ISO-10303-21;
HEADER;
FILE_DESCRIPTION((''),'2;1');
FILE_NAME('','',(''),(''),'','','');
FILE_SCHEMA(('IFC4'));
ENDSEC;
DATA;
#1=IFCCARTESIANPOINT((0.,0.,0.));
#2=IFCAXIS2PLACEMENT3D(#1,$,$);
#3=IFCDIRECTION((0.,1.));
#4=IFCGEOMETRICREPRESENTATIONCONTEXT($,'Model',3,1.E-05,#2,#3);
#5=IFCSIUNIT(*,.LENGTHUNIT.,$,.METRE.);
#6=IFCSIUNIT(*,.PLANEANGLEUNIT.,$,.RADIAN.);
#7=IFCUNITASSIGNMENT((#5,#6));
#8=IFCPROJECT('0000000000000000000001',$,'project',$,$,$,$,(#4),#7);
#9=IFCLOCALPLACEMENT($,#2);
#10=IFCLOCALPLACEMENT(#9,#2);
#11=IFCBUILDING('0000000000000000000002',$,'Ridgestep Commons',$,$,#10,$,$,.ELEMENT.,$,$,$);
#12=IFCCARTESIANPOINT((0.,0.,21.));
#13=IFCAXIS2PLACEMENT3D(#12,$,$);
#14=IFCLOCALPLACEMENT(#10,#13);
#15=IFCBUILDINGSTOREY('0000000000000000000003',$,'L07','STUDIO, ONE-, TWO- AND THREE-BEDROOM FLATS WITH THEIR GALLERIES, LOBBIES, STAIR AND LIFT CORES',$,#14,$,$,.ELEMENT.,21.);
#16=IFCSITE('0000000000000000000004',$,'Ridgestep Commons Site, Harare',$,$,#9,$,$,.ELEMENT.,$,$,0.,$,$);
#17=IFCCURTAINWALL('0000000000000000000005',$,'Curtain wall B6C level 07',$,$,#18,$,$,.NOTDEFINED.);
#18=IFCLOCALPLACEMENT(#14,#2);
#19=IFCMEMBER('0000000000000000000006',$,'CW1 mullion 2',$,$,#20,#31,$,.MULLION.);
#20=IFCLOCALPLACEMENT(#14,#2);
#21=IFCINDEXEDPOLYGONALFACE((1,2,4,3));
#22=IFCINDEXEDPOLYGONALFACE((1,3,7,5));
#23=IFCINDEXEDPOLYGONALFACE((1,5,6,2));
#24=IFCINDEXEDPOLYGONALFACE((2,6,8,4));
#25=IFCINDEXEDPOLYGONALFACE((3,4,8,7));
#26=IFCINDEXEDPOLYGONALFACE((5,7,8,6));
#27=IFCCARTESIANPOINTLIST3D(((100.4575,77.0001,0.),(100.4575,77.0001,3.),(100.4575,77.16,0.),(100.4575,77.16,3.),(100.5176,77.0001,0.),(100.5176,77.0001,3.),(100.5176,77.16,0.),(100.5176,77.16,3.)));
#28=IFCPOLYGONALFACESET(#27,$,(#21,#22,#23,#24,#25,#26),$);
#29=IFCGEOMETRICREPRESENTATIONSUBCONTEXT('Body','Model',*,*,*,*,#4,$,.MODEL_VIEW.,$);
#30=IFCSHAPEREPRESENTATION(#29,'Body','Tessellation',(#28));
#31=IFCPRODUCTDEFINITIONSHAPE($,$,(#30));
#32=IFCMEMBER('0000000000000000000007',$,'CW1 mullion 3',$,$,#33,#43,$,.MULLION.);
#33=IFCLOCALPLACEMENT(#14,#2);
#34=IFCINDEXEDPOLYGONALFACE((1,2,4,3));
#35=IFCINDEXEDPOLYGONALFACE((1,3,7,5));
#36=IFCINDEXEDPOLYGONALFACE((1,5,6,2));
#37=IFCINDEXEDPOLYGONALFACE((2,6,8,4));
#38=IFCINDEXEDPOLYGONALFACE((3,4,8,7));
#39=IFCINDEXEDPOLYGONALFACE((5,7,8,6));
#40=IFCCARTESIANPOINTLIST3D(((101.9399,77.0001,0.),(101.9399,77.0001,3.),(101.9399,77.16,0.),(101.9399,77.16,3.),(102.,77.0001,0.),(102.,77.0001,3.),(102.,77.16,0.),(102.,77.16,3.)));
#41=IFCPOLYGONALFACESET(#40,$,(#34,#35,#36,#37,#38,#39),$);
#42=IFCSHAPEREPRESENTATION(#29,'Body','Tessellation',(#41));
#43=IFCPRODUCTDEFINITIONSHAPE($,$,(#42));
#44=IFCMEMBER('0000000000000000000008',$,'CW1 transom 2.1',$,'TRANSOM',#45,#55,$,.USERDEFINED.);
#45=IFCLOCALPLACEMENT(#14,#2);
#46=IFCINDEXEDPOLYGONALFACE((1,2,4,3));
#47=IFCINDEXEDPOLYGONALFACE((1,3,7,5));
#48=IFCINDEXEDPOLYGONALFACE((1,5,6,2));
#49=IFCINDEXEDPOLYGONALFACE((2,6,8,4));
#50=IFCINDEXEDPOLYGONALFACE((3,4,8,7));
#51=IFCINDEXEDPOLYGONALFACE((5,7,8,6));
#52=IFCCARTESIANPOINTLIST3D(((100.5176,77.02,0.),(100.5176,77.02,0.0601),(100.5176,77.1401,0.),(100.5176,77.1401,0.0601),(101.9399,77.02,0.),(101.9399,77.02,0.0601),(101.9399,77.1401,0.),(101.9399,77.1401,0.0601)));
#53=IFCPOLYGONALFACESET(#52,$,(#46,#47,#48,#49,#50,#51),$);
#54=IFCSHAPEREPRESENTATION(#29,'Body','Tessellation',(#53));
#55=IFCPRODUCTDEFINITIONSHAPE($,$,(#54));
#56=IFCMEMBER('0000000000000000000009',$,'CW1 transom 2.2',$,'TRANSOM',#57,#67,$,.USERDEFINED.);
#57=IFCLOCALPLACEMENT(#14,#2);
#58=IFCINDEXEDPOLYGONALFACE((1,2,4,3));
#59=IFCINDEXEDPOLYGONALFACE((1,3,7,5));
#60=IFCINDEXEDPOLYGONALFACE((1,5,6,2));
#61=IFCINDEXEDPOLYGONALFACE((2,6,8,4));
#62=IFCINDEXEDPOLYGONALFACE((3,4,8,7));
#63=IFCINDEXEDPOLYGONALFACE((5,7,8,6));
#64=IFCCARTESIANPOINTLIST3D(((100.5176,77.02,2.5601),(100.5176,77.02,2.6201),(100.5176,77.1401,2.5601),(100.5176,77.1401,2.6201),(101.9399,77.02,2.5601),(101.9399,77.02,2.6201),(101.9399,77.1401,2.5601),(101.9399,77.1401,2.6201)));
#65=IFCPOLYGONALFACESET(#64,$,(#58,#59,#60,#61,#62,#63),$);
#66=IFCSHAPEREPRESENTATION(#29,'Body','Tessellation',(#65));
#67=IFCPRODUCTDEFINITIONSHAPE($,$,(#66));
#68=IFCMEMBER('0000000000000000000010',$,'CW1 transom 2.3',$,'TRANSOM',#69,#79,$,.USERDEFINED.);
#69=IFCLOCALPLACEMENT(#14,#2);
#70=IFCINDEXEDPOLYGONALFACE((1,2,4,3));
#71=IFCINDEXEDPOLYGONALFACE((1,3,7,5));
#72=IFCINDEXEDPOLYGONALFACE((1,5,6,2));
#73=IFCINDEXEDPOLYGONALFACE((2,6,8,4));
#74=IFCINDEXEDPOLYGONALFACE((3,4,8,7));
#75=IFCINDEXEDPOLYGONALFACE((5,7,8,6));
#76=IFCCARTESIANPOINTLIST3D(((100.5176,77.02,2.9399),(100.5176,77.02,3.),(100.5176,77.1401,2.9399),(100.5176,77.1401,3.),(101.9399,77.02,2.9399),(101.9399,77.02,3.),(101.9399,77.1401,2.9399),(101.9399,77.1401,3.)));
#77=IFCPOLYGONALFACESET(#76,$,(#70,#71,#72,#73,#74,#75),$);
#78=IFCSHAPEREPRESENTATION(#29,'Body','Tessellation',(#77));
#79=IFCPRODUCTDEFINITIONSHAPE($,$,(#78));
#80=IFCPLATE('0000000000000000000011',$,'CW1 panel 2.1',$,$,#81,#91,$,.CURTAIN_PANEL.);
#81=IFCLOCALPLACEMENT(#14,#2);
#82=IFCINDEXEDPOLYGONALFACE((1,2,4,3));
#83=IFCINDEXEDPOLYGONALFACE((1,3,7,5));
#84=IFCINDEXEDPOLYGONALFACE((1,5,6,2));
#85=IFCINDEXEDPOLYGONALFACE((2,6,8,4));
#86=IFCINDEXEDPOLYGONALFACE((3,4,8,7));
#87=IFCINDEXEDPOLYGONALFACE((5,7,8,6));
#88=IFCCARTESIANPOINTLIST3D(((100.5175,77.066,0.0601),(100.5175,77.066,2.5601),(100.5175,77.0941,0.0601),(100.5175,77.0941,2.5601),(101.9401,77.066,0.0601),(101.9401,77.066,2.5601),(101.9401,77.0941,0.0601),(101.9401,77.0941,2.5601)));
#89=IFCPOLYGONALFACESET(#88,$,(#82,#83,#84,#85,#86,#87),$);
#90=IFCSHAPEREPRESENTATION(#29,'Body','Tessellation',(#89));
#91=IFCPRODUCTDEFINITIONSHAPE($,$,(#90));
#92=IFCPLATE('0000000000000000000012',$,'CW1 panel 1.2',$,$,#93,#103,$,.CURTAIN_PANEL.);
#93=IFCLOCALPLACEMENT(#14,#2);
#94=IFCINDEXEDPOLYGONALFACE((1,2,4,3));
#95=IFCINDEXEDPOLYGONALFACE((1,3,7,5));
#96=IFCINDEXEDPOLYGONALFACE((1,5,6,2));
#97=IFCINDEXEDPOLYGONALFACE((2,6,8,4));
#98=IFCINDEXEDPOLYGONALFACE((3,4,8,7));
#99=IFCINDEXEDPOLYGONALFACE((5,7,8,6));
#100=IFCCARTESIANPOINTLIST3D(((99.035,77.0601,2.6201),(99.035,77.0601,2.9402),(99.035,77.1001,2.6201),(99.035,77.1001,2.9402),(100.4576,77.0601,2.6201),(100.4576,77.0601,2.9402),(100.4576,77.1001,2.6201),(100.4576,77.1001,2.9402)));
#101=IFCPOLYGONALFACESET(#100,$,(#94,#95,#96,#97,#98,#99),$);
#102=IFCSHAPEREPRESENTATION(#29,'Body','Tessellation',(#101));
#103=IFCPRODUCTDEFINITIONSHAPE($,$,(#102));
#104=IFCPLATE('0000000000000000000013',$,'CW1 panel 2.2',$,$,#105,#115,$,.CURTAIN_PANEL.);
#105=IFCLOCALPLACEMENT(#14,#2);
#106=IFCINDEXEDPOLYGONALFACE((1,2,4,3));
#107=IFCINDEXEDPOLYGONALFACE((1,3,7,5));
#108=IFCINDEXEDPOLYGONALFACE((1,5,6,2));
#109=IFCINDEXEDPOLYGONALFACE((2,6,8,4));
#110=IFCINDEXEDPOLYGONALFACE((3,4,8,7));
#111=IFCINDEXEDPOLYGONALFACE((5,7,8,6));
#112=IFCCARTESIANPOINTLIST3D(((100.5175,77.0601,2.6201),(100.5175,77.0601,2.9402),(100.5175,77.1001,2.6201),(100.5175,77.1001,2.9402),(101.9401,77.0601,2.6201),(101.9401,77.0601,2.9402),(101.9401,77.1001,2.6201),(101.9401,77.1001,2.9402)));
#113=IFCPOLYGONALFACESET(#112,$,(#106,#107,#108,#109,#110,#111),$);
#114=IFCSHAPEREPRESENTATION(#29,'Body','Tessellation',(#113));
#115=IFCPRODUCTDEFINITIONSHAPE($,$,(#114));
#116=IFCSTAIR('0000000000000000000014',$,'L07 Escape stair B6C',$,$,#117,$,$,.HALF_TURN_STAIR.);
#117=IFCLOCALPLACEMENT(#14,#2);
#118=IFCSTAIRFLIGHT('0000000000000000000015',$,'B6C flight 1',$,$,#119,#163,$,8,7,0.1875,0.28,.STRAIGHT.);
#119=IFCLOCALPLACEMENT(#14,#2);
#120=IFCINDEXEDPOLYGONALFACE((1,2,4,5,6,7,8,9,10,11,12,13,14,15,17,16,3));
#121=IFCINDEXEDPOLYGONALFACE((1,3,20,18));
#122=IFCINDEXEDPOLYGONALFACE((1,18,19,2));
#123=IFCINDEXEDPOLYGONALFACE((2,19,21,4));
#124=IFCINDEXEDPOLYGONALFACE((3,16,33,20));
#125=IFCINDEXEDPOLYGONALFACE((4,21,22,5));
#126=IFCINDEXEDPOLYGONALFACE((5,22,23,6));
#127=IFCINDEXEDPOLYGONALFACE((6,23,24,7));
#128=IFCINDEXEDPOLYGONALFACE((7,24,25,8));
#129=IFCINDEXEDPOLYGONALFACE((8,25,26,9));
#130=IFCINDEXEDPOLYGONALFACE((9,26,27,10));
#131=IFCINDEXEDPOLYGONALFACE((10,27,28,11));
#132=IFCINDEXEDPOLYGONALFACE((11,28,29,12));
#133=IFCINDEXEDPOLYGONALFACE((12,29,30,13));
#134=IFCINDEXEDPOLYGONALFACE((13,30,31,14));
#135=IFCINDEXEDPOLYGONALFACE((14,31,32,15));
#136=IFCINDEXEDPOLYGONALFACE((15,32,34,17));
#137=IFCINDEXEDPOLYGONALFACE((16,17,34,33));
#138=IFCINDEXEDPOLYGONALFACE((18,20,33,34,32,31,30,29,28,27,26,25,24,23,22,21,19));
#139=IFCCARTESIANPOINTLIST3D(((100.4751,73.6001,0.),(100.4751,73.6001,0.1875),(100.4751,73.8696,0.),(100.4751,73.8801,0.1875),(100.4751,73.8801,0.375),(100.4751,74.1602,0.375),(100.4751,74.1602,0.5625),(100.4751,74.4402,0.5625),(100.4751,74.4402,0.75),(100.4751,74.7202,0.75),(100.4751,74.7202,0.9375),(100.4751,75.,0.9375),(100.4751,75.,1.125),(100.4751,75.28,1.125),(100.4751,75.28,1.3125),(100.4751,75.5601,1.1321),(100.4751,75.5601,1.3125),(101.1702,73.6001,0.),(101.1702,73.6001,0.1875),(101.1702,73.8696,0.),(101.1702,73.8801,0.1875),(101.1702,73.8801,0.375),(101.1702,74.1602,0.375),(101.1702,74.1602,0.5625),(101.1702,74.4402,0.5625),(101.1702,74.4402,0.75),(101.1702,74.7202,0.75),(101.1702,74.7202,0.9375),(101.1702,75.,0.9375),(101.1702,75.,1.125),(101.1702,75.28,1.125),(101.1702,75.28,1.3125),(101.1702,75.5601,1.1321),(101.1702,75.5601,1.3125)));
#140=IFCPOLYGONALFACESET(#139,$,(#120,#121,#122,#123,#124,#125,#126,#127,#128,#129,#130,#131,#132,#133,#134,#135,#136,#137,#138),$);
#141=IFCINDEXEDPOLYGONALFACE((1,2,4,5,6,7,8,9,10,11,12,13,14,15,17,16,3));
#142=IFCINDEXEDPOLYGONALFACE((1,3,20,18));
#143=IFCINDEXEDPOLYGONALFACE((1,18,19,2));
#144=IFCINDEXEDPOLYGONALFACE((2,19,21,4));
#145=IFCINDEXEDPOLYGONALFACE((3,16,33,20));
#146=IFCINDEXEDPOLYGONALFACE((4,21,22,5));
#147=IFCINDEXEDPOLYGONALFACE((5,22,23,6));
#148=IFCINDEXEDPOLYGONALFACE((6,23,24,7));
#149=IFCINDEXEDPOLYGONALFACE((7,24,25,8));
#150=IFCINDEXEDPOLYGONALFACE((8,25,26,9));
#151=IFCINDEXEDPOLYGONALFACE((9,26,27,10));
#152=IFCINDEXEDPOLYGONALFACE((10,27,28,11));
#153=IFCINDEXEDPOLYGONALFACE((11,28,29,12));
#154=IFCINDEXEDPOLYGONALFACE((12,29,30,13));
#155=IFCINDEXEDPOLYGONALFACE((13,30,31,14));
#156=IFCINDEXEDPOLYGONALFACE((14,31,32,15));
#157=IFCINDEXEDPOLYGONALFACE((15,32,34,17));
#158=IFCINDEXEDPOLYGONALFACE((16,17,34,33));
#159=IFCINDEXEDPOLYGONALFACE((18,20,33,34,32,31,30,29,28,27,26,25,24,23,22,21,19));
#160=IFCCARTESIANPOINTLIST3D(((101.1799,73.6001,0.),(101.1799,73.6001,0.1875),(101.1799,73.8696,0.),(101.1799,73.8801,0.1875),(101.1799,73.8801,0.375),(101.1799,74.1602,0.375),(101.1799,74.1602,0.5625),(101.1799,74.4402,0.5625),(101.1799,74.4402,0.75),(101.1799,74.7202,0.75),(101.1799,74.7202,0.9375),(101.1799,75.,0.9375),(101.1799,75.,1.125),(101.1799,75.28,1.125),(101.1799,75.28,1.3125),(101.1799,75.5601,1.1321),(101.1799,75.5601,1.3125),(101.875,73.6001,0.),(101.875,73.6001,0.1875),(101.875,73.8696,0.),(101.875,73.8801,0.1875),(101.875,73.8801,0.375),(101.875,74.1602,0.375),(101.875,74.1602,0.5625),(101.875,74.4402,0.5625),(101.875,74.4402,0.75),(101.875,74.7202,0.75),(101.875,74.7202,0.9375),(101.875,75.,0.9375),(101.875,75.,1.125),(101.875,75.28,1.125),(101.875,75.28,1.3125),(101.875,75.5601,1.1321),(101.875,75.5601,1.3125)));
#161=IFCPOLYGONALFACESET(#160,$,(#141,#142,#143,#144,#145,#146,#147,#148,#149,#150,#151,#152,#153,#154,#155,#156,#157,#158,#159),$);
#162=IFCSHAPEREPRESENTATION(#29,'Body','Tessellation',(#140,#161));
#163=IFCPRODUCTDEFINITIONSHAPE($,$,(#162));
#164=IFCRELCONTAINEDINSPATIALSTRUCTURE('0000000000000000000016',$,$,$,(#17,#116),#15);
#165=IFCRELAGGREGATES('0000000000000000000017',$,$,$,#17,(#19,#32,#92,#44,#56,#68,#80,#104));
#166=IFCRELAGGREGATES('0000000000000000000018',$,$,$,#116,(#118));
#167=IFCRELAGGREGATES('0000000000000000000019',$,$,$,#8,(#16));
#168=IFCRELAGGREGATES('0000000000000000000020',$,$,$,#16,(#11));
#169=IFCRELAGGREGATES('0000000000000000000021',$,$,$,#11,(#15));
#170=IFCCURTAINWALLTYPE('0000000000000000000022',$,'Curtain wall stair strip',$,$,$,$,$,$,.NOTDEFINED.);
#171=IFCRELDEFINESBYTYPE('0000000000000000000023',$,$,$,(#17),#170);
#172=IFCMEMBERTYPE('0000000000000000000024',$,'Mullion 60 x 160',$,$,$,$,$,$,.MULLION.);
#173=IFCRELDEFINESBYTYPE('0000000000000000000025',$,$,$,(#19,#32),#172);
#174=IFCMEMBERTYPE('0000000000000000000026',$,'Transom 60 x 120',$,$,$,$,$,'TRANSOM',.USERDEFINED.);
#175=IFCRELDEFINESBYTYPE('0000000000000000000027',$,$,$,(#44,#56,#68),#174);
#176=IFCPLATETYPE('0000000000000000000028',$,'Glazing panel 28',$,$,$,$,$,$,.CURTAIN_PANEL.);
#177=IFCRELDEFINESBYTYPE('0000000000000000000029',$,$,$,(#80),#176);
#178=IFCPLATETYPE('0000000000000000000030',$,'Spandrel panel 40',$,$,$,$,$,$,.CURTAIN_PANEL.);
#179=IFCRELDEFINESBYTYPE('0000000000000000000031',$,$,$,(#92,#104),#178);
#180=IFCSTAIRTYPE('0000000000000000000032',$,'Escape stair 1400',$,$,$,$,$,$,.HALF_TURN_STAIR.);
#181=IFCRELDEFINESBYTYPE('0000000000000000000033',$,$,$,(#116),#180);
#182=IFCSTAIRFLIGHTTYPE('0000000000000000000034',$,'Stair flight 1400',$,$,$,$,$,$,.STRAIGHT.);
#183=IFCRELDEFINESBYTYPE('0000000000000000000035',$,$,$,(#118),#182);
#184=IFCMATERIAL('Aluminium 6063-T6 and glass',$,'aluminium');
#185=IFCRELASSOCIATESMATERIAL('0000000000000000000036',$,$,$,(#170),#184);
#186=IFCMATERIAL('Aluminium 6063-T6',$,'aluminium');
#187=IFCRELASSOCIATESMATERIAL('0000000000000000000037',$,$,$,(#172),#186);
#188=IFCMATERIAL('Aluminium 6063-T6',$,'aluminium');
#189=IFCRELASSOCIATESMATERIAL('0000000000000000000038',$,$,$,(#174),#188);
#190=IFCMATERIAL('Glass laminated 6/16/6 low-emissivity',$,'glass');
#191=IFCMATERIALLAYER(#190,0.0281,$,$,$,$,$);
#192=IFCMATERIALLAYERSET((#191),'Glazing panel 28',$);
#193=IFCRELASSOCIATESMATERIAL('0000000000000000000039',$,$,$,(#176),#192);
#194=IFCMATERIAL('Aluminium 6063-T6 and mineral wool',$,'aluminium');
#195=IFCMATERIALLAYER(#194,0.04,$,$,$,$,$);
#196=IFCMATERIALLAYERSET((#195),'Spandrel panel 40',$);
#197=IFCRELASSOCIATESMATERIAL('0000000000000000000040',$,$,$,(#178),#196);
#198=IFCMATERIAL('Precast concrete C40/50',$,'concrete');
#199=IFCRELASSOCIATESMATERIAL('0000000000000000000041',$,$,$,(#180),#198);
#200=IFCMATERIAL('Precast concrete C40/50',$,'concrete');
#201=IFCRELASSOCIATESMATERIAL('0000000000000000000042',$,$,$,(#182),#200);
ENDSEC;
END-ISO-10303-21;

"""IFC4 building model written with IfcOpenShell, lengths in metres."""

from ifc_helpers import new_model, si_unit, direction, frame, origin, origin_2d, place, context, subcontext, project, spatial, polyline, rectangle, outline, extrude, material, layer, layer_set, material_profile, profile_set, type_object, element, aggregate, save


model = new_model("IFC4")

# Units and contexts
model_context = context("Model", 3, precision=1e-05, world=origin(), true_north=direction((0.0, 1.0)))
body_context = subcontext(model_context, "Body", "Model", "MODEL_VIEW")
ifc_project = project(units=[si_unit("LENGTHUNIT", "METRE"), si_unit("PLANEANGLEUNIT", "RADIAN")], contexts=[model_context])

# Site, building, storey
site_placement = place(None, origin())
site = spatial("IfcSite", under=ifc_project, at=site_placement, Name="Ridgestep Commons Site, Harare", CompositionType="ELEMENT", RefElevation=0.0)
building_placement = place(site_placement, origin())
building = spatial("IfcBuilding", under=site, at=building_placement, Name="Ridgestep Commons", CompositionType="ELEMENT")
storey_placement = place(building_placement, frame((0.0, 0.0, 21.0)))
storey = spatial("IfcBuildingStorey", under=building, at=storey_placement, Name="L07", Description="STUDIO, ONE-, TWO- AND THREE-BEDROOM FLATS WITH THEIR GALLERIES, LOBBIES, STAIR AND LIFT CORES", CompositionType="ELEMENT", Elevation=21.0)

# Curtain wall, members, plates
ifc_material_1 = material(Name="Aluminium 6063-T6 and glass", Category="aluminium")
curtain_wall_type = type_object("IfcCurtainWallType", Name="Curtain wall stair strip", PredefinedType="NOTDEFINED", material=ifc_material_1)
curtain_wall_placement = place(storey_placement, origin())
curtain_wall = element("IfcCurtainWall", 1, at=curtain_wall_placement, inside=storey, type_object=curtain_wall_type, Name="Curtain wall B6C level 07", PredefinedType="NOTDEFINED")
ifc_material_2 = material(Name="Aluminium 6063-T6", Category="aluminium")
ifc_material_profile_1 = material_profile(ifc_material_2, rectangle(XDim=0.1599, YDim=0.0601, at=origin_2d()), Name="Mullion 60 x 160")
ifc_profile_set_1 = profile_set([ifc_material_profile_1], Name="Aluminium 6063-T6")
member_type_1 = type_object("IfcMemberType", Name="Mullion 60 x 160", PredefinedType="MULLION", material=ifc_profile_set_1)
member_1_placement = place(storey_placement, frame((100.4875, 77.0801, 0.0), z_axis=(0.0, 0.0, 1.0), x_axis=(0.0, 1.0, 0.0)))
member_1 = element("IfcMember", 2, at=member_1_placement, type_object=member_type_1, Name="CW1 mullion 2", PredefinedType="MULLION", context=body_context, shape_type="SweptSolid", body=[
    extrude(rectangle(XDim=0.1599, YDim=0.0601, at=origin_2d()), origin(), (0.0, 0.0, 1.0), 3.0),
])
member_2_placement = place(storey_placement, frame((101.97, 77.0801, 0.0), z_axis=(0.0, 0.0, 1.0), x_axis=(0.0, 1.0, 0.0)))
member_2 = element("IfcMember", 3, at=member_2_placement, type_object=member_type_1, Name="CW1 mullion 3", PredefinedType="MULLION", context=body_context, shape_type="SweptSolid", body=[
    extrude(rectangle(XDim=0.1599, YDim=0.0601, at=origin_2d()), origin(), (0.0, 0.0, 1.0), 3.0),
])
ifc_material_3 = material(Name="Aluminium 6063-T6", Category="aluminium")
ifc_material_profile_2 = material_profile(ifc_material_3, rectangle(XDim=0.1201, YDim=0.0601, at=origin_2d()), Name="Transom 60 x 120")
ifc_profile_set_2 = profile_set([ifc_material_profile_2], Name="Aluminium 6063-T6")
member_type_2 = type_object("IfcMemberType", Name="Transom 60 x 120", ElementType="TRANSOM", PredefinedType="USERDEFINED", material=ifc_profile_set_2)
member_3_placement = place(storey_placement, frame((100.5176, 77.0801, 0.03), z_axis=(1.0, 0.0, 0.0), x_axis=(0.0, 1.0, 0.0)))
member_3 = element("IfcMember", 4, at=member_3_placement, type_object=member_type_2, Name="CW1 transom 2.1", ObjectType="TRANSOM", PredefinedType="USERDEFINED", context=body_context, shape_type="SweptSolid", body=[
    extrude(rectangle(XDim=0.1201, YDim=0.0601, at=origin_2d()), origin(), (0.0, 0.0, 1.0), 1.4224),
])
member_4_placement = place(storey_placement, frame((100.5176, 77.0801, 2.5901), z_axis=(1.0, 0.0, 0.0), x_axis=(0.0, 1.0, 0.0)))
member_4 = element("IfcMember", 5, at=member_4_placement, type_object=member_type_2, Name="CW1 transom 2.2", ObjectType="TRANSOM", PredefinedType="USERDEFINED", context=body_context, shape_type="SweptSolid", body=[
    extrude(rectangle(XDim=0.1201, YDim=0.0601, at=origin_2d()), origin(), (0.0, 0.0, 1.0), 1.4224),
])
member_5_placement = place(storey_placement, frame((100.5176, 77.0801, 2.97), z_axis=(1.0, 0.0, 0.0), x_axis=(0.0, 1.0, 0.0)))
member_5 = element("IfcMember", 6, at=member_5_placement, type_object=member_type_2, Name="CW1 transom 2.3", ObjectType="TRANSOM", PredefinedType="USERDEFINED", context=body_context, shape_type="SweptSolid", body=[
    extrude(rectangle(XDim=0.1201, YDim=0.0601, at=origin_2d()), origin(), (0.0, 0.0, 1.0), 1.4224),
])
ifc_material_4 = material(Name="Glass laminated 6/16/6 low-emissivity", Category="glass")
ifc_layer_1 = layer(ifc_material_4, 0.0281)
ifc_layer_set_1 = layer_set([ifc_layer_1], Name="Glazing panel 28")
plate_type_1 = type_object("IfcPlateType", Name="Glazing panel 28", PredefinedType="CURTAIN_PANEL", material=ifc_layer_set_1)
plate_1_placement = place(storey_placement, frame((101.2288, 77.0801, 0.0601), z_axis=(0.0, 0.0, 1.0), x_axis=(1.0, 0.0, 0.0)))
plate_1 = element("IfcPlate", 7, at=plate_1_placement, type_object=plate_type_1, Name="CW1 panel 2.1", PredefinedType="CURTAIN_PANEL", context=body_context, shape_type="SweptSolid", body=[
    extrude(rectangle(XDim=1.4226, YDim=0.0281, at=origin_2d()), origin(), (0.0, 0.0, 1.0), 2.5),
])
ifc_material_5 = material(Name="Aluminium 6063-T6 and mineral wool", Category="aluminium")
ifc_layer_2 = layer(ifc_material_5, 0.04)
ifc_layer_set_2 = layer_set([ifc_layer_2], Name="Spandrel panel 40")
plate_type_2 = type_object("IfcPlateType", Name="Spandrel panel 40", PredefinedType="CURTAIN_PANEL", material=ifc_layer_set_2)
plate_2_placement = place(storey_placement, frame((99.7463, 77.0801, 2.6201), z_axis=(0.0, 0.0, 1.0), x_axis=(1.0, 0.0, 0.0)))
plate_2 = element("IfcPlate", 8, at=plate_2_placement, type_object=plate_type_2, Name="CW1 panel 1.2", PredefinedType="CURTAIN_PANEL", context=body_context, shape_type="SweptSolid", body=[
    extrude(rectangle(XDim=1.4226, YDim=0.04, at=origin_2d()), origin(), (0.0, 0.0, 1.0), 0.3201),
])
plate_3_placement = place(storey_placement, frame((101.2288, 77.0801, 2.6201), z_axis=(0.0, 0.0, 1.0), x_axis=(1.0, 0.0, 0.0)))
plate_3 = element("IfcPlate", 9, at=plate_3_placement, type_object=plate_type_2, Name="CW1 panel 2.2", PredefinedType="CURTAIN_PANEL", context=body_context, shape_type="SweptSolid", body=[
    extrude(rectangle(XDim=1.4226, YDim=0.04, at=origin_2d()), origin(), (0.0, 0.0, 1.0), 0.3201),
])
aggregate(curtain_wall, [member_1, member_2, plate_2, member_3, member_4, member_5, plate_1, plate_3])

# Stair, stair flight
ifc_material_6 = material(Name="Precast concrete C40/50", Category="concrete")
stair_type = type_object("IfcStairType", Name="Escape stair 1400", PredefinedType="HALF_TURN_STAIR", material=ifc_material_6)
stair_placement = place(storey_placement, origin())
stair = element("IfcStair", 10, at=stair_placement, inside=storey, type_object=stair_type, Name="L07 Escape stair B6C", PredefinedType="HALF_TURN_STAIR")
ifc_material_7 = material(Name="Precast concrete C40/50", Category="concrete")
stair_flight_type = type_object("IfcStairFlightType", Name="Stair flight 1400", PredefinedType="STRAIGHT", material=ifc_material_7)
stair_flight_placement = place(storey_placement, frame((101.175, 73.6001, 0.0), z_axis=(0.0, 0.0, 1.0), x_axis=(0.0, 1.0, 0.0)))
stair_flight = element("IfcStairFlight", 11, at=stair_flight_placement, type_object=stair_flight_type, Name="B6C flight 1", NumberOfRisers=8, NumberOfTreads=7, PredefinedType="STRAIGHT", RiserHeight=0.1875, TreadLength=0.28, context=body_context, shape_type="SweptSolid", body=[
    extrude(outline(polyline([(0.0, 0.0), (0.0, 0.1875), (0.28, 0.1875), (0.28, 0.375), (0.5601, 0.375), (0.5601, 0.5625), (0.8401, 0.5625), (0.8401, 0.75), (1.1201, 0.75), (1.1201, 0.9375), (1.3999, 0.9375), (1.3999, 1.125), (1.6799, 1.125), (1.6799, 1.3125), (1.96, 1.3125), (1.96, 1.5), (1.96, 1.1321), (0.2695, 0.0), (0.0, 0.0)])), frame((0.0, 0.7, 0.0), z_axis=(0.0, -1.0, 0.0), x_axis=(1.0, 0.0, 0.0)), (0.0, 0.0, 1.0), 0.6951),
    extrude(outline(polyline([(0.0, 0.0), (0.0, 0.1875), (0.28, 0.1875), (0.28, 0.375), (0.5601, 0.375), (0.5601, 0.5625), (0.8401, 0.5625), (0.8401, 0.75), (1.1201, 0.75), (1.1201, 0.9375), (1.3999, 0.9375), (1.3999, 1.125), (1.6799, 1.125), (1.6799, 1.3125), (1.96, 1.3125), (1.96, 1.5), (1.96, 1.1321), (0.2695, 0.0), (0.0, 0.0)])), frame((0.0, -0.0049, 0.0), z_axis=(0.0, -1.0, 0.0), x_axis=(1.0, 0.0, 0.0)), (0.0, 0.0, 1.0), 0.6951),
])
aggregate(stair, [stair_flight])

save(model, "model.ifc")
